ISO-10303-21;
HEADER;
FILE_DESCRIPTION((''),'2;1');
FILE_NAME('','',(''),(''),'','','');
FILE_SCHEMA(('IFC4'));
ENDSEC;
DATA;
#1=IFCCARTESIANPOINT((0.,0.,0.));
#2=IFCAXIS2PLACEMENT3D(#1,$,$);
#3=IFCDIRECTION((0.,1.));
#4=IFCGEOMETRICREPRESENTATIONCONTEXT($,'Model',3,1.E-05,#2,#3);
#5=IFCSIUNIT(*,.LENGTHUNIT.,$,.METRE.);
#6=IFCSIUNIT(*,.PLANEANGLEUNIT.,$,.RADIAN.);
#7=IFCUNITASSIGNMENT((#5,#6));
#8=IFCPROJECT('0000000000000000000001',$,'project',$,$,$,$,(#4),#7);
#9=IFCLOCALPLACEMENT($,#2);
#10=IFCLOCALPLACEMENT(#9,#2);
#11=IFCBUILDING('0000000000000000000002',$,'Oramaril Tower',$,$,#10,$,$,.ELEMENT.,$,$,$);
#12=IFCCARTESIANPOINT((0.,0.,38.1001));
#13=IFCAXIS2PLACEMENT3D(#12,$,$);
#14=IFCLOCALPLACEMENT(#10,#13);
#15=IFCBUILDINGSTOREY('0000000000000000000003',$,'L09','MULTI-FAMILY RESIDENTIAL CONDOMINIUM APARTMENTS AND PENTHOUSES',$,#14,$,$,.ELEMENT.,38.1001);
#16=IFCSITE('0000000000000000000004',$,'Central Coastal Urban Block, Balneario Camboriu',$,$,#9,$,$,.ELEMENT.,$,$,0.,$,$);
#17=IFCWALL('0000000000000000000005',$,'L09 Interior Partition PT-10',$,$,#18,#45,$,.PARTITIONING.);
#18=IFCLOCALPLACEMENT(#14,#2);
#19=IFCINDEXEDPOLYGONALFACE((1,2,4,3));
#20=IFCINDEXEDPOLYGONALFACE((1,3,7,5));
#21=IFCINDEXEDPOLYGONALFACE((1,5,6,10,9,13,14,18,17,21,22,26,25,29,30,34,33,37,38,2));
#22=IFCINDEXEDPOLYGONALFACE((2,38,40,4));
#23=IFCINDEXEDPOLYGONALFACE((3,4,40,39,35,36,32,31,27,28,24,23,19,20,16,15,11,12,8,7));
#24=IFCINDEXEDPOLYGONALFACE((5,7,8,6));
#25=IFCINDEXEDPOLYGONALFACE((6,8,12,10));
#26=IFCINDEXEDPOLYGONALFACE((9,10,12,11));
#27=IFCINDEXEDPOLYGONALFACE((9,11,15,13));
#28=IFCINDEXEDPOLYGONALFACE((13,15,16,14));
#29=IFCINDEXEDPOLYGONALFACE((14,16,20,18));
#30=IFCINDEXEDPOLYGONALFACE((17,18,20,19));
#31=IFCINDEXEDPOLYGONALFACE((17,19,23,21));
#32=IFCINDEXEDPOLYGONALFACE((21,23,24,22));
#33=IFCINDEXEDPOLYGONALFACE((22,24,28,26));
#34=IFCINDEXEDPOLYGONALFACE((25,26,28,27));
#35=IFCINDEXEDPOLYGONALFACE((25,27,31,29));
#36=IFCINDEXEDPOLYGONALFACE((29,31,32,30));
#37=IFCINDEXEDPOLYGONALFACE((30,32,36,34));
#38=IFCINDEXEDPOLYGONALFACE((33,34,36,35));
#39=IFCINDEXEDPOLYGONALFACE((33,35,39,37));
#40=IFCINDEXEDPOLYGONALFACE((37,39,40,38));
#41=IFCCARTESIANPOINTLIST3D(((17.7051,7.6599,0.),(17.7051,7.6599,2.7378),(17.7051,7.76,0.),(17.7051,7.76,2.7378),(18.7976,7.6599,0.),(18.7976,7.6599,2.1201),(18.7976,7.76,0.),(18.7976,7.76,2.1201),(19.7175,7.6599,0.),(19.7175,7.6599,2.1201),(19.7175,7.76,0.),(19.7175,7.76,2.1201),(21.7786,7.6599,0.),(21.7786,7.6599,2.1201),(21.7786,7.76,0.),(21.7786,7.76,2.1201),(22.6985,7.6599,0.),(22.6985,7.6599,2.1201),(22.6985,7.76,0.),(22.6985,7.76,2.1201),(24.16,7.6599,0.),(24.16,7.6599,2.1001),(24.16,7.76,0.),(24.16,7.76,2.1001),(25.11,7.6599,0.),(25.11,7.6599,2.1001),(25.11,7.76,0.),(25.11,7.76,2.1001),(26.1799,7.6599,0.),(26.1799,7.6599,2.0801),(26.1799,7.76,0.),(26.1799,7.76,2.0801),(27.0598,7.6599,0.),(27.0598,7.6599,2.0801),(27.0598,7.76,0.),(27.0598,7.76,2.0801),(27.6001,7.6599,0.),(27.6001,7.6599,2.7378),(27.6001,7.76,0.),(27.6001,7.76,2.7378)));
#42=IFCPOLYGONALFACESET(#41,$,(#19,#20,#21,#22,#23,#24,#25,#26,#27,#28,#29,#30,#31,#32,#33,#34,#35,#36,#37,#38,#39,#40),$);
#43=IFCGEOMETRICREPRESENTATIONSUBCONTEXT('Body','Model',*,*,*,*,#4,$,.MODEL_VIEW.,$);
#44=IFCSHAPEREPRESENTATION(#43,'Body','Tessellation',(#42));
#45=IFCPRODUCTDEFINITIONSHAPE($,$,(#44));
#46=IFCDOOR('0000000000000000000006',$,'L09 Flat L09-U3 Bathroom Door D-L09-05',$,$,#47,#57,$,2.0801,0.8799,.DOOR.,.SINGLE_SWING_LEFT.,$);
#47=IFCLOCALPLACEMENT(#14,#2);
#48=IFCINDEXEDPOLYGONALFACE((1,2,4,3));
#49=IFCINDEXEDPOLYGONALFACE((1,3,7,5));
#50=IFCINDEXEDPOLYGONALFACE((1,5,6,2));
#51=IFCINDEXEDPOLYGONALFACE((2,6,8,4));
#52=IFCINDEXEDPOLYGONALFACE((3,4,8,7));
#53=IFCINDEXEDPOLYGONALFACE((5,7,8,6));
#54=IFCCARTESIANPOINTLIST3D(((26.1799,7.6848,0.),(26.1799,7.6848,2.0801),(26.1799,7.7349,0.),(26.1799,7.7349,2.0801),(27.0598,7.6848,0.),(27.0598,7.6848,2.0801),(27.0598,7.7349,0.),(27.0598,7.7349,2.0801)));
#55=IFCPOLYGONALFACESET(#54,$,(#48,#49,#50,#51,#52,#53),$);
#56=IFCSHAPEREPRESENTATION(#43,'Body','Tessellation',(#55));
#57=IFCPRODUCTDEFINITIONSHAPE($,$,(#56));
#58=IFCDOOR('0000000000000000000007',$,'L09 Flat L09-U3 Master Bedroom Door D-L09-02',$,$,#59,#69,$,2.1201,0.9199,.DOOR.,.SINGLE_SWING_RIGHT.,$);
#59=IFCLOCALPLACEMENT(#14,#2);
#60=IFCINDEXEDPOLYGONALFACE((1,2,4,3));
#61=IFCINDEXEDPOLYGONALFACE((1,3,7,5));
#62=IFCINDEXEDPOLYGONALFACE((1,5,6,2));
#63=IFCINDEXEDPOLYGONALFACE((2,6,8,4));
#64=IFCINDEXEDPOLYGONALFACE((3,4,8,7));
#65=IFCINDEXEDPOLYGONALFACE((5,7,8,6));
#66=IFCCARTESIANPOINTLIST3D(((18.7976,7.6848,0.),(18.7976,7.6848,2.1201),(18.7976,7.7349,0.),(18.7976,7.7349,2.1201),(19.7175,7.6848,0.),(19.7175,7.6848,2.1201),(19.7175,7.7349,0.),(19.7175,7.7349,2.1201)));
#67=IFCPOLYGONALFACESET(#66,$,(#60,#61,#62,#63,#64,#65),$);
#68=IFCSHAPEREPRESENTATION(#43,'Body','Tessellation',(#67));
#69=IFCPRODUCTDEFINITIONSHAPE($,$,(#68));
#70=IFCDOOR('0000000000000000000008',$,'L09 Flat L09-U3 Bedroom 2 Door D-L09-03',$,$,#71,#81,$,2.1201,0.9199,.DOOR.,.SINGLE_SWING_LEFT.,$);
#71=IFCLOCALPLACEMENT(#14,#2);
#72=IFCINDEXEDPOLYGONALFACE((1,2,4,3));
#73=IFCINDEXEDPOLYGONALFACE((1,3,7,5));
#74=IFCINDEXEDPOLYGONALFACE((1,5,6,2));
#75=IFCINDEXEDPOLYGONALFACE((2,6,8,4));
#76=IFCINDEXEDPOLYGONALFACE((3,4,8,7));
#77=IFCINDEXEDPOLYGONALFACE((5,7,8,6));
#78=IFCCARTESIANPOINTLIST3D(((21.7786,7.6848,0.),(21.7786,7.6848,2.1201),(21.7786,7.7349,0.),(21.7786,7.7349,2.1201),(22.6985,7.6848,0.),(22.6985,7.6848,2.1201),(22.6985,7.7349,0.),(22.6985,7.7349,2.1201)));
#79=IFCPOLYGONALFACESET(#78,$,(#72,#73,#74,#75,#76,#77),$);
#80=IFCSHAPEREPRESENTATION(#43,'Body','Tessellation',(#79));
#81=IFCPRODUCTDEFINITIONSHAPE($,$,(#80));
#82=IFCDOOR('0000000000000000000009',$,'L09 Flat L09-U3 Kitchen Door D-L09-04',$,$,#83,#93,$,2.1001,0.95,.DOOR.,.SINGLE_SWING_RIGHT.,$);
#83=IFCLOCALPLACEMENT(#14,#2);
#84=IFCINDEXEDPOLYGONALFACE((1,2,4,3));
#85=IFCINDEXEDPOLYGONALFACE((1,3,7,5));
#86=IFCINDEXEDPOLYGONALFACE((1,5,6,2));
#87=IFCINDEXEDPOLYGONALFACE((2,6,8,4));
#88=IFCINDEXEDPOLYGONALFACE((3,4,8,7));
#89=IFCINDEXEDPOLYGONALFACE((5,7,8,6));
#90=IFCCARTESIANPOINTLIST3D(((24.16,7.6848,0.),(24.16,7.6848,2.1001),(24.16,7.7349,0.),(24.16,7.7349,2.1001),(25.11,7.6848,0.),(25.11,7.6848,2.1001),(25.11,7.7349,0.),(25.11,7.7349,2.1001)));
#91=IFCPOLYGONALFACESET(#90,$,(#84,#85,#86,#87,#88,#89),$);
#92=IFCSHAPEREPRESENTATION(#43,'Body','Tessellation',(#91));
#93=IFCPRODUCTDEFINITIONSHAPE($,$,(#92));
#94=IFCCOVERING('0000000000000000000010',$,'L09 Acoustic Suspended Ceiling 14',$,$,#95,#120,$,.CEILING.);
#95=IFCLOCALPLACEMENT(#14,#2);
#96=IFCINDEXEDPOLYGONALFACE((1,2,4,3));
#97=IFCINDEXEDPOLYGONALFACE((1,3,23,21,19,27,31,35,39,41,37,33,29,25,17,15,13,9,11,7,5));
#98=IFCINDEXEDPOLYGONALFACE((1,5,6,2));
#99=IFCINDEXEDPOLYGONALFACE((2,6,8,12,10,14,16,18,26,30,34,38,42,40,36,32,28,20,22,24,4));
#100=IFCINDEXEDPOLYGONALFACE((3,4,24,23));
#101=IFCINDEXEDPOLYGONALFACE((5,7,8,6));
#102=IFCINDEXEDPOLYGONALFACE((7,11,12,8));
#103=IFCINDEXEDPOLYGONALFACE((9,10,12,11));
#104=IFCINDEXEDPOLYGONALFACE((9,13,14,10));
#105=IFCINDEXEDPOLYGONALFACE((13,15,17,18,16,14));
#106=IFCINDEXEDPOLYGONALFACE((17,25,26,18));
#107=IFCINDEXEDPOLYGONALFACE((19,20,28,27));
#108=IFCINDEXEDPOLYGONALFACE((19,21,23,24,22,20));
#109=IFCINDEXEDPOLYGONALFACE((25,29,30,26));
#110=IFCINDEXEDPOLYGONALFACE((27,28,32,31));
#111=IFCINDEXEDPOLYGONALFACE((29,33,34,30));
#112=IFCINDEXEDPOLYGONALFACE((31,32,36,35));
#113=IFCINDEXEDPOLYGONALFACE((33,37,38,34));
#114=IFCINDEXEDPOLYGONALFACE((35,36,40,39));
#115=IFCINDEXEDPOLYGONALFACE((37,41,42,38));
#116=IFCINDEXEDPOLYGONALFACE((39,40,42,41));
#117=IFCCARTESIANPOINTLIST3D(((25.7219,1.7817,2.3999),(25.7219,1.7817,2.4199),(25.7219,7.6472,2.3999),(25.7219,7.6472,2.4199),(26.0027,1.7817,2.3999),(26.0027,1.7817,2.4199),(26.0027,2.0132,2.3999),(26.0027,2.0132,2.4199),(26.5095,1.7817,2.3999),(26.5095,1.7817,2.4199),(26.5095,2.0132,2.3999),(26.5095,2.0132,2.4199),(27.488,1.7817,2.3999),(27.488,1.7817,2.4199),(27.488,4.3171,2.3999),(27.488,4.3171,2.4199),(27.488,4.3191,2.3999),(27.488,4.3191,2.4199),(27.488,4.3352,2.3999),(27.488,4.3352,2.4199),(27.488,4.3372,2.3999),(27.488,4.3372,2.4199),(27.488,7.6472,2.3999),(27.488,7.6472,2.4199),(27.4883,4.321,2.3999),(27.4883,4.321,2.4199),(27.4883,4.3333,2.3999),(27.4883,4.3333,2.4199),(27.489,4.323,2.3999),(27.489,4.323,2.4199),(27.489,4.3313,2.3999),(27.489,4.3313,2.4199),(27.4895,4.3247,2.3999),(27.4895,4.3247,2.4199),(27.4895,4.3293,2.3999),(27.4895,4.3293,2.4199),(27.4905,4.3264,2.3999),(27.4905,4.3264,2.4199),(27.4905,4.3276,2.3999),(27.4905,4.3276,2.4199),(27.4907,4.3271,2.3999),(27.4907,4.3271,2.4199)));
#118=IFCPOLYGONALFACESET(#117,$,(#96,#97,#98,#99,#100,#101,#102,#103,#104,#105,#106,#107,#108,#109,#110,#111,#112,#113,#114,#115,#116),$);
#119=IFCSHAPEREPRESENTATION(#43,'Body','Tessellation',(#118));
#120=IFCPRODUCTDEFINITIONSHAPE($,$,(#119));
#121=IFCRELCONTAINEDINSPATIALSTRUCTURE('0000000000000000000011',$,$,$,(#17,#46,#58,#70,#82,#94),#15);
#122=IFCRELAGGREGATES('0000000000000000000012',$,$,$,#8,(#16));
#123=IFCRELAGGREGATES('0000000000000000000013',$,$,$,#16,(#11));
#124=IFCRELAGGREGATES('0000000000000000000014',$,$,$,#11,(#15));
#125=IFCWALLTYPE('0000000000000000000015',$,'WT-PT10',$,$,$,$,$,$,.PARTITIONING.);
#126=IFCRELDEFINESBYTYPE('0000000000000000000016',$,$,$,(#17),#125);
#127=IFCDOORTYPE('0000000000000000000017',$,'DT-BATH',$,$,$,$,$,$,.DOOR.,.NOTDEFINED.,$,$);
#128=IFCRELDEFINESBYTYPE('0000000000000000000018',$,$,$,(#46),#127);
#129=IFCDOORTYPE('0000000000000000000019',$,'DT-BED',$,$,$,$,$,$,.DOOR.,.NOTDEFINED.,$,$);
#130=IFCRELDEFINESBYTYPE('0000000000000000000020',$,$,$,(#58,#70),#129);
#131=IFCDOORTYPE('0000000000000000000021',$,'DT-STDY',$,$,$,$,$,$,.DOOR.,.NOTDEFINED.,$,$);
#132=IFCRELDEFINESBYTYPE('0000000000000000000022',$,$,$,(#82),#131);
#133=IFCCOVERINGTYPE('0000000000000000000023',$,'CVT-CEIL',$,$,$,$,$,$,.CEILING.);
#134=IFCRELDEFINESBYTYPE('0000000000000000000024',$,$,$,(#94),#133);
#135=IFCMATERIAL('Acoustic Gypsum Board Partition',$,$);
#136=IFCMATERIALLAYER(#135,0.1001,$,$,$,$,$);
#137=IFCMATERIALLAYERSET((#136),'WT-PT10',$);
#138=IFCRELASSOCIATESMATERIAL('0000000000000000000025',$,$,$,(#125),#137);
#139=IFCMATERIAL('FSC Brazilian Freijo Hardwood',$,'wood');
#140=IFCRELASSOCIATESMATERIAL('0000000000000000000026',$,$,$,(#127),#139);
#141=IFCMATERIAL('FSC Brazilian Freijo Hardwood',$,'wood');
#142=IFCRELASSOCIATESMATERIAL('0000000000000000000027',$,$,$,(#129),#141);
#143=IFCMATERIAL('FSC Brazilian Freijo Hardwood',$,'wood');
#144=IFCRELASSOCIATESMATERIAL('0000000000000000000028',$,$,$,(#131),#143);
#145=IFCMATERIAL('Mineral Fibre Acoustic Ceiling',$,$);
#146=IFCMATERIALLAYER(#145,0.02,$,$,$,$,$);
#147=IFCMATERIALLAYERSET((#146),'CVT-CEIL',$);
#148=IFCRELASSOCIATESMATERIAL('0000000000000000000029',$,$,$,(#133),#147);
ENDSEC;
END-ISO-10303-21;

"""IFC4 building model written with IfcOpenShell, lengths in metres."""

from ifc_helpers import new_model, si_unit, direction, frame, frame_2d, origin, place, context, subcontext, project, spatial, polyline, rectangle, outline, extrude, material, layer, layer_set, type_object, element, fill, save


model = new_model("IFC4")

# Units and contexts
model_context = context("Model", 3, precision=1e-05, world=origin(), true_north=direction((0.0, 1.0)))
body_context = subcontext(model_context, "Body", "Model", "MODEL_VIEW")
ifc_project = project(units=[si_unit("LENGTHUNIT", "METRE"), si_unit("PLANEANGLEUNIT", "RADIAN")], contexts=[model_context])

# Site, building, storey
site_placement = place(None, origin())
site = spatial("IfcSite", under=ifc_project, at=site_placement, Name="Central Coastal Urban Block, Balneario Camboriu", CompositionType="ELEMENT", RefElevation=0.0)
building_placement = place(site_placement, origin())
building = spatial("IfcBuilding", under=site, at=building_placement, Name="Oramaril Tower", CompositionType="ELEMENT")
storey_placement = place(building_placement, frame((0.0, 0.0, 38.1001)))
storey = spatial("IfcBuildingStorey", under=building, at=storey_placement, Name="L09", Description="MULTI-FAMILY RESIDENTIAL CONDOMINIUM APARTMENTS AND PENTHOUSES", CompositionType="ELEMENT", Elevation=38.1001)

# Wall, openings, doors
ifc_material_1 = material(Name="Acoustic Gypsum Board Partition")
ifc_layer_1 = layer(ifc_material_1, 0.1001)
ifc_layer_set_1 = layer_set([ifc_layer_1], Name="WT-PT10")
wall_type = type_object("IfcWallType", Name="WT-PT10", PredefinedType="PARTITIONING", material=ifc_layer_set_1)
wall_placement = place(storey_placement, frame((17.7051, 7.71, 0.0), z_axis=(0.0, 0.0, 1.0), x_axis=(1.0, 0.0, 0.0)))
wall = element("IfcWall", 1, at=wall_placement, inside=storey, type_object=wall_type, Name="L09 Interior Partition PT-10", PredefinedType="PARTITIONING", context=body_context, shape_type="SweptSolid", body=[
    extrude(rectangle(XDim=9.895, YDim=0.1001, at=frame_2d((4.9475, 0.0))), origin(), (0.0, 0.0, 1.0), 2.7378),
])
opening_1_placement = place(wall_placement, frame((1.0925, 0.0, 0.0)))
opening_1 = element("IfcOpeningElement", 2, at=opening_1_placement, cuts=wall, PredefinedType="OPENING", context=body_context, shape_type="SweptSolid", body=[
    extrude(rectangle(XDim=0.9199, YDim=2.1201, at=frame_2d((0.46, 1.0601))), frame((0.0, 0.05, 0.0), z_axis=(0.0, -1.0, 0.0), x_axis=(1.0, 0.0, 0.0)), (0.0, 0.0, 1.0), 0.1001),
])
opening_2_placement = place(wall_placement, frame((4.0735, 0.0, 0.0)))
opening_2 = element("IfcOpeningElement", 3, at=opening_2_placement, cuts=wall, PredefinedType="OPENING", context=body_context, shape_type="SweptSolid", body=[
    extrude(rectangle(XDim=0.9199, YDim=2.1201, at=frame_2d((0.46, 1.0601))), frame((0.0, 0.05, 0.0), z_axis=(0.0, -1.0, 0.0), x_axis=(1.0, 0.0, 0.0)), (0.0, 0.0, 1.0), 0.1001),
])
opening_3_placement = place(wall_placement, frame((6.4548, 0.0, 0.0)))
opening_3 = element("IfcOpeningElement", 4, at=opening_3_placement, cuts=wall, PredefinedType="OPENING", context=body_context, shape_type="SweptSolid", body=[
    extrude(rectangle(XDim=0.95, YDim=2.1001, at=frame_2d((0.4751, 1.05))), frame((0.0, 0.05, 0.0), z_axis=(0.0, -1.0, 0.0), x_axis=(1.0, 0.0, 0.0)), (0.0, 0.0, 1.0), 0.1001),
])
opening_4_placement = place(wall_placement, frame((8.4749, 0.0, 0.0)))
opening_4 = element("IfcOpeningElement", 5, at=opening_4_placement, cuts=wall, PredefinedType="OPENING", context=body_context, shape_type="SweptSolid", body=[
    extrude(rectangle(XDim=0.8799, YDim=2.0801, at=frame_2d((0.4399, 1.04))), frame((0.0, 0.05, 0.0), z_axis=(0.0, -1.0, 0.0), x_axis=(1.0, 0.0, 0.0)), (0.0, 0.0, 1.0), 0.1001),
])
ifc_material_2 = material(Name="FSC Brazilian Freijo Hardwood", Category="wood")
door_type_1 = type_object("IfcDoorType", Name="DT-BATH", OperationType="NOTDEFINED", PredefinedType="DOOR", material=ifc_material_2)
door_1_placement = place(opening_4_placement, origin())
door_1 = element("IfcDoor", 6, at=door_1_placement, inside=storey, type_object=door_type_1, Name="L09 Flat L09-U3 Bathroom Door D-L09-05", OperationType="SINGLE_SWING_LEFT", OverallHeight=2.0801, OverallWidth=0.8799, PredefinedType="DOOR", context=body_context, shape_type="SweptSolid", body=[
    extrude(rectangle(XDim=0.8799, YDim=2.0801, at=frame_2d((0.4399, 1.04))), frame((0.0, 0.0249, 0.0), z_axis=(0.0, -1.0, 0.0), x_axis=(1.0, 0.0, 0.0)), (0.0, 0.0, 1.0), 0.05),
])
fill(opening_4, door_1)
ifc_material_3 = material(Name="FSC Brazilian Freijo Hardwood", Category="wood")
door_type_2 = type_object("IfcDoorType", Name="DT-BED", OperationType="NOTDEFINED", PredefinedType="DOOR", material=ifc_material_3)
door_2_placement = place(opening_1_placement, origin())
door_2 = element("IfcDoor", 7, at=door_2_placement, inside=storey, type_object=door_type_2, Name="L09 Flat L09-U3 Master Bedroom Door D-L09-02", OperationType="SINGLE_SWING_RIGHT", OverallHeight=2.1201, OverallWidth=0.9199, PredefinedType="DOOR", context=body_context, shape_type="SweptSolid", body=[
    extrude(rectangle(XDim=0.9199, YDim=2.1201, at=frame_2d((0.46, 1.0601))), frame((0.0, 0.0249, 0.0), z_axis=(0.0, -1.0, 0.0), x_axis=(1.0, 0.0, 0.0)), (0.0, 0.0, 1.0), 0.05),
])
fill(opening_1, door_2)
door_3_placement = place(opening_2_placement, origin())
door_3 = element("IfcDoor", 8, at=door_3_placement, inside=storey, type_object=door_type_2, Name="L09 Flat L09-U3 Bedroom 2 Door D-L09-03", OperationType="SINGLE_SWING_LEFT", OverallHeight=2.1201, OverallWidth=0.9199, PredefinedType="DOOR", context=body_context, shape_type="SweptSolid", body=[
    extrude(rectangle(XDim=0.9199, YDim=2.1201, at=frame_2d((0.46, 1.0601))), frame((0.0, 0.0249, 0.0), z_axis=(0.0, -1.0, 0.0), x_axis=(1.0, 0.0, 0.0)), (0.0, 0.0, 1.0), 0.05),
])
fill(opening_2, door_3)
ifc_material_4 = material(Name="FSC Brazilian Freijo Hardwood", Category="wood")
door_type_3 = type_object("IfcDoorType", Name="DT-STDY", OperationType="NOTDEFINED", PredefinedType="DOOR", material=ifc_material_4)
door_4_placement = place(opening_3_placement, origin())
door_4 = element("IfcDoor", 9, at=door_4_placement, inside=storey, type_object=door_type_3, Name="L09 Flat L09-U3 Kitchen Door D-L09-04", OperationType="SINGLE_SWING_RIGHT", OverallHeight=2.1001, OverallWidth=0.95, PredefinedType="DOOR", context=body_context, shape_type="SweptSolid", body=[
    extrude(rectangle(XDim=0.95, YDim=2.1001, at=frame_2d((0.4751, 1.05))), frame((0.0, 0.0249, 0.0), z_axis=(0.0, -1.0, 0.0), x_axis=(1.0, 0.0, 0.0)), (0.0, 0.0, 1.0), 0.05),
])
fill(opening_3, door_4)

# Covering
ifc_material_5 = material(Name="Mineral Fibre Acoustic Ceiling")
ifc_layer_2 = layer(ifc_material_5, 0.02)
ifc_layer_set_2 = layer_set([ifc_layer_2], Name="CVT-CEIL")
covering_type_1 = type_object("IfcCoveringType", Name="CVT-CEIL", PredefinedType="CEILING", material=ifc_layer_set_2)
covering_1_placement = place(storey_placement, frame((0.0, 0.0, 2.3999)))
element("IfcCovering", 10, at=covering_1_placement, inside=storey, type_object=covering_type_1, Name="L09 Acoustic Suspended Ceiling 14", PredefinedType="CEILING", context=body_context, shape_type="SweptSolid", body=[
    extrude(outline(polyline([(26.5095, 1.7817), (26.5095, 2.0132), (26.0027, 2.0132), (26.0027, 1.7817), (25.7219, 1.7817), (25.7219, 7.6472), (27.488, 7.6472), (27.488, 4.3372), (27.488, 4.3352), (27.4883, 4.3333), (27.489, 4.3313), (27.4895, 4.3293), (27.4905, 4.3276), (27.4907, 4.3271), (27.4905, 4.3264), (27.4895, 4.3247), (27.489, 4.323), (27.4883, 4.321), (27.488, 4.3191), (27.488, 4.3171), (27.488, 1.7817), (26.5095, 1.7817)])), origin(), (0.0, 0.0, 1.0), 0.02),
])

save(model, "model.ifc")
